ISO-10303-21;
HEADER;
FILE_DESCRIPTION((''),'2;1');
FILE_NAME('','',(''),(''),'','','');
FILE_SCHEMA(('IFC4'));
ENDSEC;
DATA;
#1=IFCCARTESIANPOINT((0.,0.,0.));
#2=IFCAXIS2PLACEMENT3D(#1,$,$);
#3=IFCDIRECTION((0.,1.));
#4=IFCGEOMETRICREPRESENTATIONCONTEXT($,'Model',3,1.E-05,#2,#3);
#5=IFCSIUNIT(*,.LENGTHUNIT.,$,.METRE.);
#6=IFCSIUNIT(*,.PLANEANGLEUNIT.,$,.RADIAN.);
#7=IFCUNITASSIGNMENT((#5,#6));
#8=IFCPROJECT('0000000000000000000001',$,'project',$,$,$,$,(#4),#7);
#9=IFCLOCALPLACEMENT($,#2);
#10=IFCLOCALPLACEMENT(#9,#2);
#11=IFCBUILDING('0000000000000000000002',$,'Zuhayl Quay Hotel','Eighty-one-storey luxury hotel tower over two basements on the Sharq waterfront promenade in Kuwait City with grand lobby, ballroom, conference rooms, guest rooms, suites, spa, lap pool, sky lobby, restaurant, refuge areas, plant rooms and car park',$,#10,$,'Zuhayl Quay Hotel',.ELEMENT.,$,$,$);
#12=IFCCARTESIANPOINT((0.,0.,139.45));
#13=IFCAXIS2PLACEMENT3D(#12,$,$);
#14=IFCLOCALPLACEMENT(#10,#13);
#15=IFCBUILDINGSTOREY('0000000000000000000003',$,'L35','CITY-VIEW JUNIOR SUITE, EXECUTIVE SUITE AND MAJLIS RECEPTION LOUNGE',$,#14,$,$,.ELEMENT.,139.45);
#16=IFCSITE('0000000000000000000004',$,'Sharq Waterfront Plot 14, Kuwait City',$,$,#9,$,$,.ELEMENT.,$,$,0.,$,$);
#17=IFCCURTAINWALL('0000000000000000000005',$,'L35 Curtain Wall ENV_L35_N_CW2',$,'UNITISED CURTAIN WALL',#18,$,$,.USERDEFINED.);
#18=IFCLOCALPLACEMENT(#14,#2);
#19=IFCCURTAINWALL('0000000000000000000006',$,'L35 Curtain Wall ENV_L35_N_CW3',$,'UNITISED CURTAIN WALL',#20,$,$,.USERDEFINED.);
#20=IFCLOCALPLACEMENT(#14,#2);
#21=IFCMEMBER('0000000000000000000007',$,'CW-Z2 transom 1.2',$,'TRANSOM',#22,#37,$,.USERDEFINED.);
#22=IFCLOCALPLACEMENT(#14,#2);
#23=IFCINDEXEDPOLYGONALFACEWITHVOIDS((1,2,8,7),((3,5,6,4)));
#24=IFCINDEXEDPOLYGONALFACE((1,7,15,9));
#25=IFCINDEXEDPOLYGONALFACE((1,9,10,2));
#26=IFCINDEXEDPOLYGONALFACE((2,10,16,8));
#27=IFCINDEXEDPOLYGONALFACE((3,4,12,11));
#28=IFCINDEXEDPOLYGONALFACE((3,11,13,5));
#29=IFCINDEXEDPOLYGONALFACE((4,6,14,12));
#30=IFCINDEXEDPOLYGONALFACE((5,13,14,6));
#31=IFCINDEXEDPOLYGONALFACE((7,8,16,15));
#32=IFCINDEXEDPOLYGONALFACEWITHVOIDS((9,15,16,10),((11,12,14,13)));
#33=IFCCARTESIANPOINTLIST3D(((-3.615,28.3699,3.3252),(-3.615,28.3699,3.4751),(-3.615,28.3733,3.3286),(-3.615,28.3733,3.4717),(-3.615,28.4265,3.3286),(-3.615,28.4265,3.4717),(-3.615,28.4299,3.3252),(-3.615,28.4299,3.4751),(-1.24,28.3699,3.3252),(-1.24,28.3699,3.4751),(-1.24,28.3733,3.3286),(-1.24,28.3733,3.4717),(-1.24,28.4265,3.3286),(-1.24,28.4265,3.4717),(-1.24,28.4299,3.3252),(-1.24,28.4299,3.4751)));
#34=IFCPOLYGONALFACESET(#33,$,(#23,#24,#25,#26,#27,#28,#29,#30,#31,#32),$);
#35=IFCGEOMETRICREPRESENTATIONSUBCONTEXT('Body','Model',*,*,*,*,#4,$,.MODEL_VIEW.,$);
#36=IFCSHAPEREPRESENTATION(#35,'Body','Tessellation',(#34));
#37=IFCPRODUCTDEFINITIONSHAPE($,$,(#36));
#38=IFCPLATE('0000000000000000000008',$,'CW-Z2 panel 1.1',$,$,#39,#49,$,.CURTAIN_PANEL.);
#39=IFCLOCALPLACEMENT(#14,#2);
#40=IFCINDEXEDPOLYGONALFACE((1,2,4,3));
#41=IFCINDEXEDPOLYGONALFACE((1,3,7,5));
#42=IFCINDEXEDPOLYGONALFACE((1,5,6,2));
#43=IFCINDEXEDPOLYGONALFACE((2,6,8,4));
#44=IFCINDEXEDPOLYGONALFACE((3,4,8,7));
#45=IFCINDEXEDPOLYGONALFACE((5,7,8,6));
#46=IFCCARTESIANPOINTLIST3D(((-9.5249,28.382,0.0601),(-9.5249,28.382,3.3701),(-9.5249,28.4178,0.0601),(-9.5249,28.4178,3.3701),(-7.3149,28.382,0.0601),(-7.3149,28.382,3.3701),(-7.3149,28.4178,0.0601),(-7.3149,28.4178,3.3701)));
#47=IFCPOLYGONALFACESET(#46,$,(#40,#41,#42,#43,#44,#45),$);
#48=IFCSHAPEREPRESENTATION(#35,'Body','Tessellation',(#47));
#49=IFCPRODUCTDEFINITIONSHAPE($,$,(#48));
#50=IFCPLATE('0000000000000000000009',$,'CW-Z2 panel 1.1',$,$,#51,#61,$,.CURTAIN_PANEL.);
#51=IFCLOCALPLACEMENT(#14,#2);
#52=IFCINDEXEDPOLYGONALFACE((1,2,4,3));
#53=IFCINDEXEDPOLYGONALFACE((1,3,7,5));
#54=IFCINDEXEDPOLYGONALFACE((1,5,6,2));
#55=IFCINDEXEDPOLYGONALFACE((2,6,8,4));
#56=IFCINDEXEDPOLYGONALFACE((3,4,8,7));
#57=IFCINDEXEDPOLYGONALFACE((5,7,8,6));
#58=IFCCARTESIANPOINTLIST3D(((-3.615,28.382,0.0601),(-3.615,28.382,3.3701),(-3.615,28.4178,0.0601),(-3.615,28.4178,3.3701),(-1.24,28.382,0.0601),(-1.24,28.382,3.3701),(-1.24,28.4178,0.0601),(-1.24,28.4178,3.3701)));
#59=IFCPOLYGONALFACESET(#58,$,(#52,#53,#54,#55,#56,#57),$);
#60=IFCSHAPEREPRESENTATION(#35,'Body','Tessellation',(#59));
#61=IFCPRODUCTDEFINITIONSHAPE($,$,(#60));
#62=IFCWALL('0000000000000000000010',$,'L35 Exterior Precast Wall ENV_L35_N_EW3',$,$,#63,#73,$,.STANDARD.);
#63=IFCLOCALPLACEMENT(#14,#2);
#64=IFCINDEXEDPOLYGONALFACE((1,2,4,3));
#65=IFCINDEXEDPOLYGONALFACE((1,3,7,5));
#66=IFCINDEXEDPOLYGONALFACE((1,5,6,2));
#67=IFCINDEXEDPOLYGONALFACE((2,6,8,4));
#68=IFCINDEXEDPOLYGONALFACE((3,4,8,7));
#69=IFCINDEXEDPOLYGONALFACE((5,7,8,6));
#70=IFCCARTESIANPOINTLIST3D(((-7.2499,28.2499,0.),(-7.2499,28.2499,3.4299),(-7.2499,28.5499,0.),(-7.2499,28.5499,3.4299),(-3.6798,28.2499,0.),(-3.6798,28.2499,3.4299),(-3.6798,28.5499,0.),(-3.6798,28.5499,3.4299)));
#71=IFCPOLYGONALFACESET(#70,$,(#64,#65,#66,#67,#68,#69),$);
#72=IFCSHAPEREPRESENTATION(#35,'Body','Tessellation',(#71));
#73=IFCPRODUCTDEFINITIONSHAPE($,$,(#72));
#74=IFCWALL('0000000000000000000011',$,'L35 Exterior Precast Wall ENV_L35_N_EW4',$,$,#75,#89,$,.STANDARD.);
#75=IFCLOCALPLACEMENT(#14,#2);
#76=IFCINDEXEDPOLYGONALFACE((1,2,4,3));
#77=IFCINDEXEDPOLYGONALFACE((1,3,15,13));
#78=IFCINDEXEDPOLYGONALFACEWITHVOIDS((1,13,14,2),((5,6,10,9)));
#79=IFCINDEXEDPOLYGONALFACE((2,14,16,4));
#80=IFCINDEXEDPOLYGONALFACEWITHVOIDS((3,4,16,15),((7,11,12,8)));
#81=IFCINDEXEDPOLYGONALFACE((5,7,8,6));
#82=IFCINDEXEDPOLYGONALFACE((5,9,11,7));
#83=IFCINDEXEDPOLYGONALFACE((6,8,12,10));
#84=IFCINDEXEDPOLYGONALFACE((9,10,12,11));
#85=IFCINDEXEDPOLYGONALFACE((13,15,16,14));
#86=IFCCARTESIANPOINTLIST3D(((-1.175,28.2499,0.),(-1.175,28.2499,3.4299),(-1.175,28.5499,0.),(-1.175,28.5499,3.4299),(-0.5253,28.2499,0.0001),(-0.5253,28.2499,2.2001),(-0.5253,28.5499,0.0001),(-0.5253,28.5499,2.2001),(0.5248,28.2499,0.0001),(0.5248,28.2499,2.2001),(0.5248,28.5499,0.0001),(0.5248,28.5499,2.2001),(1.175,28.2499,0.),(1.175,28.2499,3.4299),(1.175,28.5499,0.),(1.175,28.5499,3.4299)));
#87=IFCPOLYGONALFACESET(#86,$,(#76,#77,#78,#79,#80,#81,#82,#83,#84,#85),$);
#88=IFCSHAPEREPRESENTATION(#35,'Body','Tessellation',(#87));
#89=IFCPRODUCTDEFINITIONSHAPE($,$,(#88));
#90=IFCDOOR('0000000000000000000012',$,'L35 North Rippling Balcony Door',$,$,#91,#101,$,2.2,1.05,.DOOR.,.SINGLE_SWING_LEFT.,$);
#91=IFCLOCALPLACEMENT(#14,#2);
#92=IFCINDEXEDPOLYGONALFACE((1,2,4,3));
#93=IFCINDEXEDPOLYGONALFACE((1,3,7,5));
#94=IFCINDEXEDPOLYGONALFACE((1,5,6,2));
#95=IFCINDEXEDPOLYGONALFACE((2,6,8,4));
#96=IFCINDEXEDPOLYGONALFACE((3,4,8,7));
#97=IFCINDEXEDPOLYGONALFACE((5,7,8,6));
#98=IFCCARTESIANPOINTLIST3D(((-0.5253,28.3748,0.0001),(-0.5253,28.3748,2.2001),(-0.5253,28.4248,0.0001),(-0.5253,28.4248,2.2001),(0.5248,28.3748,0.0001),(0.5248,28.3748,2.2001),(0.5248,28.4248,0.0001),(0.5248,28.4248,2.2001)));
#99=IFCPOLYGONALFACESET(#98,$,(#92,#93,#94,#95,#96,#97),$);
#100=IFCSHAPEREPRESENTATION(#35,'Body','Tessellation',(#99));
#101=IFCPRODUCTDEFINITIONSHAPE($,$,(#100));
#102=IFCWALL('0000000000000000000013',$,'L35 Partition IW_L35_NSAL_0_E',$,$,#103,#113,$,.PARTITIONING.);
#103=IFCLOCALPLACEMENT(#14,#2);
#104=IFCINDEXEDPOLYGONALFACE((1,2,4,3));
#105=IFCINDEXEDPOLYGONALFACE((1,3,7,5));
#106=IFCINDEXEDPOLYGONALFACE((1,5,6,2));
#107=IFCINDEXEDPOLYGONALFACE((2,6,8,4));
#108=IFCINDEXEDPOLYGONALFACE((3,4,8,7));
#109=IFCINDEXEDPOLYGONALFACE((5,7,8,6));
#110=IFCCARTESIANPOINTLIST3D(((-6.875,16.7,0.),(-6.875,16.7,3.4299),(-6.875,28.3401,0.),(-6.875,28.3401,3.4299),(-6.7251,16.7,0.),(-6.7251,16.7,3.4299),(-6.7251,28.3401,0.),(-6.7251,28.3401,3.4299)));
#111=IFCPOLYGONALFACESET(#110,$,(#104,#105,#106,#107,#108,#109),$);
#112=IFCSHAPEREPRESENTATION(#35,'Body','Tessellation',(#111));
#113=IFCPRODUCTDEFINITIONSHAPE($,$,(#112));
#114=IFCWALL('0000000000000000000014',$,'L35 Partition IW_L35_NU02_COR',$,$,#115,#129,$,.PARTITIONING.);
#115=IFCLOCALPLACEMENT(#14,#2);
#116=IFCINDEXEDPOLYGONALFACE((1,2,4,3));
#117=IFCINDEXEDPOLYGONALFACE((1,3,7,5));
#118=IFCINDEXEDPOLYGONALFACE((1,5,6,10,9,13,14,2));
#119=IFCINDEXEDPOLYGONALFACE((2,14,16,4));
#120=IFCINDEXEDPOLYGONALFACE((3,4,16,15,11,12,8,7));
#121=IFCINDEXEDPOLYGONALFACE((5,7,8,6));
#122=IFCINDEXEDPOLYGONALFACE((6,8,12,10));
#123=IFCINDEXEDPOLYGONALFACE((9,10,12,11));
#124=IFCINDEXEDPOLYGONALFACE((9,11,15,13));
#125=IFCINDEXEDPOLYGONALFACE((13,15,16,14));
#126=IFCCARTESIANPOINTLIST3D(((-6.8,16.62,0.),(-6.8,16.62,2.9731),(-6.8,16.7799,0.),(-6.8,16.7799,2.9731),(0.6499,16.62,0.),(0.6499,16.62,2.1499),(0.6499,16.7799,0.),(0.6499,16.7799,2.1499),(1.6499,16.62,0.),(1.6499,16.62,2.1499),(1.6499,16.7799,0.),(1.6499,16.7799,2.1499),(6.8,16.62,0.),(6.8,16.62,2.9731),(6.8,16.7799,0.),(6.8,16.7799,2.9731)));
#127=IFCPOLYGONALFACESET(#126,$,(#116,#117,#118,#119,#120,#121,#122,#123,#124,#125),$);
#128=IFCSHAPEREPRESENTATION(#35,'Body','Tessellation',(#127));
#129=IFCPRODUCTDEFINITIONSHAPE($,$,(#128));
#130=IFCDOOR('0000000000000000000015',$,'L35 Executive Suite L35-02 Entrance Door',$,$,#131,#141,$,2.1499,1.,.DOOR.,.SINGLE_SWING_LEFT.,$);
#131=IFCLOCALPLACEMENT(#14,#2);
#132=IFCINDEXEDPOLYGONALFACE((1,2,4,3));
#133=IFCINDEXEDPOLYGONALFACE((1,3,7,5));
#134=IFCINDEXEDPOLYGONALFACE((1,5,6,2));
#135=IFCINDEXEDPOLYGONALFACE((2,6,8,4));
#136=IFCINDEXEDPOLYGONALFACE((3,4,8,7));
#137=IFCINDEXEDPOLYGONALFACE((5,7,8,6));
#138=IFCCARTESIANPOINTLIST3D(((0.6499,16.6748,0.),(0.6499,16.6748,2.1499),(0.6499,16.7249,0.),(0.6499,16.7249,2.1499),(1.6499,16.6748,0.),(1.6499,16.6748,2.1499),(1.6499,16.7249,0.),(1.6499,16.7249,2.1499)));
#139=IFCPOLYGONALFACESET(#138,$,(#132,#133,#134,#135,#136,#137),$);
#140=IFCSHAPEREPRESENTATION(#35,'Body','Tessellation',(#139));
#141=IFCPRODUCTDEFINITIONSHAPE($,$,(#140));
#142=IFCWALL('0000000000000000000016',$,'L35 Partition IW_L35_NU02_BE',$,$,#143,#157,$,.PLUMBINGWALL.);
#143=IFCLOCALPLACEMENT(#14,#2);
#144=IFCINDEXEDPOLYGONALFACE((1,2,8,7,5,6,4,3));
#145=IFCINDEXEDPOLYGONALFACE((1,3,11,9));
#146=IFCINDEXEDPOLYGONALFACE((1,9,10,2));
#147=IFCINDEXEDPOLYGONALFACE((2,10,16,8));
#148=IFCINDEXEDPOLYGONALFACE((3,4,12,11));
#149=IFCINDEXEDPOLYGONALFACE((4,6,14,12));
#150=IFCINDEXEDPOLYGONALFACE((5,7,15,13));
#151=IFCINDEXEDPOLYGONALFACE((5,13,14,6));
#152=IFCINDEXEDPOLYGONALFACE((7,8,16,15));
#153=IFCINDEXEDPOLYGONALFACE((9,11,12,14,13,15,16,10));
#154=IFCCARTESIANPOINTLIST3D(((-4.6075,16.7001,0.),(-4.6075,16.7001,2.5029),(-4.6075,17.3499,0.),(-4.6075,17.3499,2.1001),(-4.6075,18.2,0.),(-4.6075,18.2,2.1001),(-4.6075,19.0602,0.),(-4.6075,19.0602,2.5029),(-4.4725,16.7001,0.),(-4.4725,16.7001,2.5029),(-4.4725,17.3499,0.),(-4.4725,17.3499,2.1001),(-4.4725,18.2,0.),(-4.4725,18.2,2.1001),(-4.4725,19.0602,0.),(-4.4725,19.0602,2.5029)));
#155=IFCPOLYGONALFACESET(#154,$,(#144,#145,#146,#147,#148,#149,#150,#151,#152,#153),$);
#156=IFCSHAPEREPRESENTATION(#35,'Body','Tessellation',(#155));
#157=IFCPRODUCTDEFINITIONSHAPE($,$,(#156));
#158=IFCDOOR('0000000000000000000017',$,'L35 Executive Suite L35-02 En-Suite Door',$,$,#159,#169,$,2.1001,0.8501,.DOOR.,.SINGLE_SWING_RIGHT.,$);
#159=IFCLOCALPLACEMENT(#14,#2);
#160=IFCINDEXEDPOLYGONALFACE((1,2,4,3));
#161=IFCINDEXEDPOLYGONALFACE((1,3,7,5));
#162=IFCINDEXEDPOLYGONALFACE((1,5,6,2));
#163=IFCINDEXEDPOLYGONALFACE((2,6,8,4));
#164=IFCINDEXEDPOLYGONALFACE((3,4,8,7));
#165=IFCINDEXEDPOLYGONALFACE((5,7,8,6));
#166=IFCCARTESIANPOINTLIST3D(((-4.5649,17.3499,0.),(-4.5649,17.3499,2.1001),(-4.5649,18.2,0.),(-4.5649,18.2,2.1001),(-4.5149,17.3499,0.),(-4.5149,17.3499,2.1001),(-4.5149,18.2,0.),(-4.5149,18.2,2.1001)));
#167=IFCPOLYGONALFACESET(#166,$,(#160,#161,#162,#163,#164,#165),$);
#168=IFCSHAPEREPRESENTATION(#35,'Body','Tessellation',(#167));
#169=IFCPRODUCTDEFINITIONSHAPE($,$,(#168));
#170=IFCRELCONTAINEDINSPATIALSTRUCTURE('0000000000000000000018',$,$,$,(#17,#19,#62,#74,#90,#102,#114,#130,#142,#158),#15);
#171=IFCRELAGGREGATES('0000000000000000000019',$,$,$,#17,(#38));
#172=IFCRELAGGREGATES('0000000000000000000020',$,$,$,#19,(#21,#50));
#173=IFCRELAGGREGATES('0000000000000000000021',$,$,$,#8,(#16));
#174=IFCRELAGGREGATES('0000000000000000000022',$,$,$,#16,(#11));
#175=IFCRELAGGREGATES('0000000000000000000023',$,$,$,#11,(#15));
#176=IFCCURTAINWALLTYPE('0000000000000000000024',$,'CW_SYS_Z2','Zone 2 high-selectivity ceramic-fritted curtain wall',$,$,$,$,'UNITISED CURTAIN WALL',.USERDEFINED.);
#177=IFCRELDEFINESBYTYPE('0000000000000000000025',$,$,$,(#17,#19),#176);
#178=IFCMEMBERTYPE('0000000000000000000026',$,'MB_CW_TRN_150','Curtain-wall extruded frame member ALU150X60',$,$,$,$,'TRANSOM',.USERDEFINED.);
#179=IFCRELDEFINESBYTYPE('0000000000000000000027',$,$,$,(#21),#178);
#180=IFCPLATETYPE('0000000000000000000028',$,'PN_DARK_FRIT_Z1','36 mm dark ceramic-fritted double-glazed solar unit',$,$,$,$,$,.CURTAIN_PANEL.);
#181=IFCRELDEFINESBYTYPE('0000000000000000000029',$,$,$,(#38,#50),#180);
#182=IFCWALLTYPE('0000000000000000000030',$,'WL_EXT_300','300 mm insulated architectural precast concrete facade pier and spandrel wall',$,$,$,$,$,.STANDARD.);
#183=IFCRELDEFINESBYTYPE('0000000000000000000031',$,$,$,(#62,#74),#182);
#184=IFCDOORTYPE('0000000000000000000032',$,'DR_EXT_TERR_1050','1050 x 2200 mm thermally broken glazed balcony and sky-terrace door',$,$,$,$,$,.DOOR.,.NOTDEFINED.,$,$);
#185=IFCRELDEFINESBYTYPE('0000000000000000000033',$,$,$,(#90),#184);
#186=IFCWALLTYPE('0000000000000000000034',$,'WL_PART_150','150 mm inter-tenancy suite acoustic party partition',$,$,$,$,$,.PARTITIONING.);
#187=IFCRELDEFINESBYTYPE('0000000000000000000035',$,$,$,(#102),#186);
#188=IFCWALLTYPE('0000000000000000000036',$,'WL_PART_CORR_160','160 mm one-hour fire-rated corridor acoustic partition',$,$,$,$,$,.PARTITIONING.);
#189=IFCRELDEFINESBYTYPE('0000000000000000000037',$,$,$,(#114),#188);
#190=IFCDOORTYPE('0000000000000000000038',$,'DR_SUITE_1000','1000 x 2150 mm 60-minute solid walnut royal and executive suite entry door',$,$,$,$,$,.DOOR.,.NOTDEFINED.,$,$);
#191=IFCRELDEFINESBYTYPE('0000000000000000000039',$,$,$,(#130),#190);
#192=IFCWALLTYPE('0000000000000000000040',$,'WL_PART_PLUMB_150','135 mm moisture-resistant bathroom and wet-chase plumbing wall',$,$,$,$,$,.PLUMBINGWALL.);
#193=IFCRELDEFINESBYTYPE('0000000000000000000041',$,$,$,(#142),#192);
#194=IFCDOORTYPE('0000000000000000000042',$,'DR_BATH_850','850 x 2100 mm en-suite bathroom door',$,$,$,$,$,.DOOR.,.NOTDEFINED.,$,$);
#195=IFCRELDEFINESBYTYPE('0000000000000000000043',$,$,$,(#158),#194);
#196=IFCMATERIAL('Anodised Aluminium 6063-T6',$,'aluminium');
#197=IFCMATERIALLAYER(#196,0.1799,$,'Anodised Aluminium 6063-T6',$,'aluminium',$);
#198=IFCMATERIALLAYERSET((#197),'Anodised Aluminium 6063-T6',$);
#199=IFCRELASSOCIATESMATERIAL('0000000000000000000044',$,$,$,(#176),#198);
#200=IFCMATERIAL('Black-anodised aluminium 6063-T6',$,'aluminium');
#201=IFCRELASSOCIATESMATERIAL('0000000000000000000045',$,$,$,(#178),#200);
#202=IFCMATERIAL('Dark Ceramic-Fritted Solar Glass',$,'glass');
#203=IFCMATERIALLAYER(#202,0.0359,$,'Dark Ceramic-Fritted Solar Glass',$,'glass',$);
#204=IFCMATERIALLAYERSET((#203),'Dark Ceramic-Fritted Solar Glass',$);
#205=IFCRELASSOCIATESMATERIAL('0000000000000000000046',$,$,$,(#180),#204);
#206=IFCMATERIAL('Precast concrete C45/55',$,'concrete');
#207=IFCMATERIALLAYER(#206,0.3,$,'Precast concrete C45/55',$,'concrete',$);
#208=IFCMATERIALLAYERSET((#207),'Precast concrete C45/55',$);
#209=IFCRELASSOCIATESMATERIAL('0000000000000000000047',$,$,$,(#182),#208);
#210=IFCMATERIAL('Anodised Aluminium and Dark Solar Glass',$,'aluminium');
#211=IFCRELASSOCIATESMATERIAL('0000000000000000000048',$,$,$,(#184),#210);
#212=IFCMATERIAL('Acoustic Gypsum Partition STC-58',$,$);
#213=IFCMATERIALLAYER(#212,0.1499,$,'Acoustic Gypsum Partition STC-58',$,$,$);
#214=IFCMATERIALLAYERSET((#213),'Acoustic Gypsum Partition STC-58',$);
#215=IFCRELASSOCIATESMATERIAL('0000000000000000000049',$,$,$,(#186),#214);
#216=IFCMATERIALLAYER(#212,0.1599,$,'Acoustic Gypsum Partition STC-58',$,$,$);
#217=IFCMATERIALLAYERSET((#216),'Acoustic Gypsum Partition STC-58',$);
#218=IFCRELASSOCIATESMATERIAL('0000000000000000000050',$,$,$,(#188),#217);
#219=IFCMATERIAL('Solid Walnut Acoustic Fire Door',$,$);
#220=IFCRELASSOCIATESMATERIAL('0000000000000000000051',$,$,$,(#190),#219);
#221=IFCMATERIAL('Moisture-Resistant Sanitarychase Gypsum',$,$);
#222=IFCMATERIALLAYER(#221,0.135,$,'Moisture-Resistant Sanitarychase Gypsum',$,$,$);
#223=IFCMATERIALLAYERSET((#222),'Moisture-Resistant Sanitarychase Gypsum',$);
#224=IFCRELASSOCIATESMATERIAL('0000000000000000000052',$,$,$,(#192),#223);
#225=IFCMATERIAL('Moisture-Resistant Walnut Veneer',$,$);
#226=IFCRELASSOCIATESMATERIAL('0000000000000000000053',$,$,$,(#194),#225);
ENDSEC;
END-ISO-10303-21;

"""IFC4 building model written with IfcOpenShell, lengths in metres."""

from ifc_helpers import new_model, si_unit, direction, frame, frame_2d, origin, origin_2d, place, context, subcontext, project, spatial, rectangle, hollow_rectangle, extrude, material, layer, layer_set, material_profile, profile_set, type_object, element, fill, aggregate, save


model = new_model("IFC4")

# Units and contexts
model_context = context("Model", 3, precision=1e-05, world=origin(), true_north=direction((0.0, 1.0)))
body_context = subcontext(model_context, "Body", "Model", "MODEL_VIEW")
ifc_project = project(units=[si_unit("LENGTHUNIT", "METRE"), si_unit("PLANEANGLEUNIT", "RADIAN")], contexts=[model_context])

# Site, building, storey
site_placement = place(None, origin())
site = spatial("IfcSite", under=ifc_project, at=site_placement, Name="Sharq Waterfront Plot 14, Kuwait City", CompositionType="ELEMENT", RefElevation=0.0)
building_placement = place(site_placement, origin())
building = spatial("IfcBuilding", under=site, at=building_placement, Name="Zuhayl Quay Hotel", Description="Eighty-one-storey luxury hotel tower over two basements on the Sharq waterfront promenade in Kuwait City with grand lobby, ballroom, conference rooms, guest rooms, suites, spa, lap pool, sky lobby, restaurant, refuge areas, plant rooms and car park", LongName="Zuhayl Quay Hotel", CompositionType="ELEMENT")
storey_placement = place(building_placement, frame((0.0, 0.0, 139.45)))
storey = spatial("IfcBuildingStorey", under=building, at=storey_placement, Name="L35", Description="CITY-VIEW JUNIOR SUITE, EXECUTIVE SUITE AND MAJLIS RECEPTION LOUNGE", CompositionType="ELEMENT", Elevation=139.45)

# Curtain wall
ifc_material_1 = material(Name="Anodised Aluminium 6063-T6", Category="aluminium")
ifc_layer_1 = layer(ifc_material_1, 0.1799, Name="Anodised Aluminium 6063-T6", Category="aluminium")
ifc_layer_set_1 = layer_set([ifc_layer_1], Name="Anodised Aluminium 6063-T6")
curtain_wall_type = type_object("IfcCurtainWallType", Name="CW_SYS_Z2", Description="Zone 2 high-selectivity ceramic-fritted curtain wall", ElementType="UNITISED CURTAIN WALL", PredefinedType="USERDEFINED", material=ifc_layer_set_1)
curtain_wall_1_placement = place(storey_placement, origin())
curtain_wall_1 = element("IfcCurtainWall", 1, at=curtain_wall_1_placement, inside=storey, type_object=curtain_wall_type, Name="L35 Curtain Wall ENV_L35_N_CW2", ObjectType="UNITISED CURTAIN WALL", PredefinedType="USERDEFINED")
ifc_material_2 = material(Name="Black-anodised aluminium 6063-T6", Category="aluminium")

# Curtain wall
curtain_wall_2_placement = place(storey_placement, origin())
curtain_wall_2 = element("IfcCurtainWall", 2, at=curtain_wall_2_placement, inside=storey, type_object=curtain_wall_type, Name="L35 Curtain Wall ENV_L35_N_CW3", ObjectType="UNITISED CURTAIN WALL", PredefinedType="USERDEFINED")

# Member
ifc_material_profile_1 = material_profile(ifc_material_2, hollow_rectangle(XDim=0.0601, YDim=0.1499, WallThickness=0.0034, at=origin_2d()), Name="ALU150X60")
ifc_profile_set_1 = profile_set([ifc_material_profile_1], Name="Black-anodised aluminium 6063-T6")
member_type_1 = type_object("IfcMemberType", Name="MB_CW_TRN_150", Description="Curtain-wall extruded frame member ALU150X60", ElementType="TRANSOM", PredefinedType="USERDEFINED", material=ifc_profile_set_1)
member_1_placement = place(storey_placement, frame((-3.615, 28.3999, 3.4001), z_axis=(1.0, 0.0, 0.0), x_axis=(0.0, 1.0, 0.0)))
member_1 = element("IfcMember", 3, at=member_1_placement, type_object=member_type_1, Name="CW-Z2 transom 1.2", ObjectType="TRANSOM", PredefinedType="USERDEFINED", context=body_context, shape_type="SweptSolid", body=[
    extrude(hollow_rectangle(XDim=0.0601, YDim=0.1499, WallThickness=0.0034, at=origin_2d()), origin(), (0.0, 0.0, 1.0), 2.375),
])

# Plates
ifc_material_3 = material(Name="Dark Ceramic-Fritted Solar Glass", Category="glass")
ifc_layer_2 = layer(ifc_material_3, 0.0359, Name="Dark Ceramic-Fritted Solar Glass", Category="glass")
ifc_layer_set_2 = layer_set([ifc_layer_2], Name="Dark Ceramic-Fritted Solar Glass")
plate_type = type_object("IfcPlateType", Name="PN_DARK_FRIT_Z1", Description="36 mm dark ceramic-fritted double-glazed solar unit", PredefinedType="CURTAIN_PANEL", material=ifc_layer_set_2)
plate_1_placement = place(storey_placement, frame((-8.4199, 28.3999, 0.0601), z_axis=(0.0, 0.0, 1.0), x_axis=(1.0, 0.0, 0.0)))
plate_1 = element("IfcPlate", 4, at=plate_1_placement, type_object=plate_type, Name="CW-Z2 panel 1.1", PredefinedType="CURTAIN_PANEL", context=body_context, shape_type="SweptSolid", body=[
    extrude(rectangle(XDim=2.21, YDim=0.0359, at=origin_2d()), origin(), (0.0, 0.0, 1.0), 3.3101),
])
aggregate(curtain_wall_1, [plate_1])
plate_2_placement = place(storey_placement, frame((-2.4275, 28.3999, 0.0601), z_axis=(0.0, 0.0, 1.0), x_axis=(1.0, 0.0, 0.0)))
plate_2 = element("IfcPlate", 5, at=plate_2_placement, type_object=plate_type, Name="CW-Z2 panel 1.1", PredefinedType="CURTAIN_PANEL", context=body_context, shape_type="SweptSolid", body=[
    extrude(rectangle(XDim=2.375, YDim=0.0359, at=origin_2d()), origin(), (0.0, 0.0, 1.0), 3.3101),
])
aggregate(curtain_wall_2, [member_1, plate_2])

# Wall
ifc_material_4 = material(Name="Precast concrete C45/55", Category="concrete")
ifc_layer_3 = layer(ifc_material_4, 0.3, Name="Precast concrete C45/55", Category="concrete")
ifc_layer_set_3 = layer_set([ifc_layer_3], Name="Precast concrete C45/55")
wall_type_1 = type_object("IfcWallType", Name="WL_EXT_300", Description="300 mm insulated architectural precast concrete facade pier and spandrel wall", PredefinedType="STANDARD", material=ifc_layer_set_3)
wall_1_placement = place(storey_placement, frame((-7.25, 28.3999, 0.0), z_axis=(0.0, 0.0, 1.0), x_axis=(1.0, 0.0, 0.0)))
element("IfcWall", 6, at=wall_1_placement, inside=storey, type_object=wall_type_1, Name="L35 Exterior Precast Wall ENV_L35_N_EW3", PredefinedType="STANDARD", context=body_context, shape_type="SweptSolid", body=[
    extrude(rectangle(XDim=3.5701, YDim=0.3, at=frame_2d((1.7852, 0.0))), origin(), (0.0, 0.0, 1.0), 3.4299),
])

# Wall, opening, door
wall_2_placement = place(storey_placement, frame((-1.175, 28.3999, 0.0), z_axis=(0.0, 0.0, 1.0), x_axis=(1.0, 0.0, 0.0)))
wall_2 = element("IfcWall", 7, at=wall_2_placement, inside=storey, type_object=wall_type_1, Name="L35 Exterior Precast Wall ENV_L35_N_EW4", PredefinedType="STANDARD", context=body_context, shape_type="SweptSolid", body=[
    extrude(rectangle(XDim=2.3501, YDim=0.3, at=frame_2d((1.175, 0.0))), origin(), (0.0, 0.0, 1.0), 3.4299),
])
opening_1_placement = place(wall_2_placement, frame((0.6499, 0.0, 0.0)))
opening_1 = element("IfcOpeningElement", 8, at=opening_1_placement, cuts=wall_2, PredefinedType="OPENING", context=body_context, shape_type="SweptSolid", body=[
    extrude(rectangle(XDim=1.05, YDim=2.2, at=frame_2d((0.5249, 1.1001))), frame((0.0, 0.1599, 0.0), z_axis=(0.0, -1.0, 0.0), x_axis=(1.0, 0.0, 0.0)), (0.0, 0.0, 1.0), 0.3201),
])
ifc_material_5 = material(Name="Anodised Aluminium and Dark Solar Glass", Category="aluminium")
door_type_1 = type_object("IfcDoorType", Name="DR_EXT_TERR_1050", Description="1050 x 2200 mm thermally broken glazed balcony and sky-terrace door", OperationType="NOTDEFINED", PredefinedType="DOOR", material=ifc_material_5)
door_1_placement = place(opening_1_placement, origin())
door_1 = element("IfcDoor", 9, at=door_1_placement, inside=storey, type_object=door_type_1, Name="L35 North Rippling Balcony Door", OperationType="SINGLE_SWING_LEFT", OverallHeight=2.2, OverallWidth=1.05, PredefinedType="DOOR", context=body_context, shape_type="SweptSolid", body=[
    extrude(rectangle(XDim=1.05, YDim=2.2, at=frame_2d((0.5249, 1.1001))), frame((0.0, 0.0249, 0.0), z_axis=(0.0, -1.0, 0.0), x_axis=(1.0, 0.0, 0.0)), (0.0, 0.0, 1.0), 0.05),
])
fill(opening_1, door_1)

# Wall
ifc_material_6 = material(Name="Acoustic Gypsum Partition STC-58")
ifc_layer_4 = layer(ifc_material_6, 0.1499, Name="Acoustic Gypsum Partition STC-58")
ifc_layer_set_4 = layer_set([ifc_layer_4], Name="Acoustic Gypsum Partition STC-58")
wall_type_2 = type_object("IfcWallType", Name="WL_PART_150", Description="150 mm inter-tenancy suite acoustic party partition", PredefinedType="PARTITIONING", material=ifc_layer_set_4)
wall_3_placement = place(storey_placement, frame((-6.8, 16.7, 0.0), z_axis=(0.0, 0.0, 1.0), x_axis=(0.0, 1.0, 0.0)))
element("IfcWall", 10, at=wall_3_placement, inside=storey, type_object=wall_type_2, Name="L35 Partition IW_L35_NSAL_0_E", PredefinedType="PARTITIONING", context=body_context, shape_type="SweptSolid", body=[
    extrude(rectangle(XDim=11.6401, YDim=0.1499, at=frame_2d((5.8201, 0.0))), origin(), (0.0, 0.0, 1.0), 3.4299),
])

# Walls, openings, doors
ifc_layer_5 = layer(ifc_material_6, 0.1599, Name="Acoustic Gypsum Partition STC-58")
ifc_layer_set_5 = layer_set([ifc_layer_5], Name="Acoustic Gypsum Partition STC-58")
wall_type_3 = type_object("IfcWallType", Name="WL_PART_CORR_160", Description="160 mm one-hour fire-rated corridor acoustic partition", PredefinedType="PARTITIONING", material=ifc_layer_set_5)
wall_4_placement = place(storey_placement, frame((-6.8, 16.7, 0.0), z_axis=(0.0, 0.0, 1.0), x_axis=(1.0, 0.0, 0.0)))
wall_4 = element("IfcWall", 11, at=wall_4_placement, inside=storey, type_object=wall_type_3, Name="L35 Partition IW_L35_NU02_COR", PredefinedType="PARTITIONING", context=body_context, shape_type="SweptSolid", body=[
    extrude(rectangle(XDim=13.6001, YDim=0.1599, at=frame_2d((6.8, 0.0))), origin(), (0.0, 0.0, 1.0), 2.9731),
])
opening_2_placement = place(wall_4_placement, frame((7.45, 0.0, 0.0)))
opening_2 = element("IfcOpeningElement", 12, at=opening_2_placement, cuts=wall_4, PredefinedType="OPENING", context=body_context, shape_type="SweptSolid", body=[
    extrude(rectangle(XDim=1.0, YDim=2.1499, at=frame_2d((0.5, 1.075))), frame((0.0, 0.0898, 0.0), z_axis=(0.0, -1.0, 0.0), x_axis=(1.0, 0.0, 0.0)), (0.0, 0.0, 1.0), 0.1799),
])
ifc_material_7 = material(Name="Solid Walnut Acoustic Fire Door")
door_type_2 = type_object("IfcDoorType", Name="DR_SUITE_1000", Description="1000 x 2150 mm 60-minute solid walnut royal and executive suite entry door", OperationType="NOTDEFINED", PredefinedType="DOOR", material=ifc_material_7)
door_2_placement = place(opening_2_placement, origin())
door_2 = element("IfcDoor", 13, at=door_2_placement, inside=storey, type_object=door_type_2, Name="L35 Executive Suite L35-02 Entrance Door", OperationType="SINGLE_SWING_LEFT", OverallHeight=2.1499, OverallWidth=1.0, PredefinedType="DOOR", context=body_context, shape_type="SweptSolid", body=[
    extrude(rectangle(XDim=1.0, YDim=2.1499, at=frame_2d((0.5, 1.075))), frame((0.0, 0.0249, 0.0), z_axis=(0.0, -1.0, 0.0), x_axis=(1.0, 0.0, 0.0)), (0.0, 0.0, 1.0), 0.05),
])
fill(opening_2, door_2)
ifc_material_8 = material(Name="Moisture-Resistant Sanitarychase Gypsum")
ifc_layer_6 = layer(ifc_material_8, 0.135, Name="Moisture-Resistant Sanitarychase Gypsum")
ifc_layer_set_6 = layer_set([ifc_layer_6], Name="Moisture-Resistant Sanitarychase Gypsum")
wall_type_4 = type_object("IfcWallType", Name="WL_PART_PLUMB_150", Description="135 mm moisture-resistant bathroom and wet-chase plumbing wall", PredefinedType="PLUMBINGWALL", material=ifc_layer_set_6)
wall_5_placement = place(storey_placement, frame((-4.54, 16.7, 0.0), z_axis=(0.0, 0.0, 1.0), x_axis=(0.0, 1.0, 0.0)))
wall_5 = element("IfcWall", 14, at=wall_5_placement, inside=storey, type_object=wall_type_4, Name="L35 Partition IW_L35_NU02_BE", PredefinedType="PLUMBINGWALL", context=body_context, shape_type="SweptSolid", body=[
    extrude(rectangle(XDim=2.3601, YDim=0.135, at=frame_2d((1.1802, 0.0))), origin(), (0.0, 0.0, 1.0), 2.5029),
])
opening_3_placement = place(wall_5_placement, frame((0.6499, 0.0, 0.0)))
opening_3 = element("IfcOpeningElement", 15, at=opening_3_placement, cuts=wall_5, PredefinedType="OPENING", context=body_context, shape_type="SweptSolid", body=[
    extrude(rectangle(XDim=0.8501, YDim=2.1001, at=frame_2d((0.425, 1.05))), frame((0.0, 0.0774, 0.0), z_axis=(0.0, -1.0, 0.0), x_axis=(1.0, 0.0, 0.0)), (0.0, 0.0, 1.0), 0.155),
])
ifc_material_9 = material(Name="Moisture-Resistant Walnut Veneer")
door_type_3 = type_object("IfcDoorType", Name="DR_BATH_850", Description="850 x 2100 mm en-suite bathroom door", OperationType="NOTDEFINED", PredefinedType="DOOR", material=ifc_material_9)
door_3_placement = place(opening_3_placement, origin())
door_3 = element("IfcDoor", 16, at=door_3_placement, inside=storey, type_object=door_type_3, Name="L35 Executive Suite L35-02 En-Suite Door", OperationType="SINGLE_SWING_RIGHT", OverallHeight=2.1001, OverallWidth=0.8501, PredefinedType="DOOR", context=body_context, shape_type="SweptSolid", body=[
    extrude(rectangle(XDim=0.8501, YDim=2.1001, at=frame_2d((0.425, 1.05))), frame((0.0, 0.0249, 0.0), z_axis=(0.0, -1.0, 0.0), x_axis=(1.0, 0.0, 0.0)), (0.0, 0.0, 1.0), 0.05),
])
fill(opening_3, door_3)

save(model, "model.ifc")
